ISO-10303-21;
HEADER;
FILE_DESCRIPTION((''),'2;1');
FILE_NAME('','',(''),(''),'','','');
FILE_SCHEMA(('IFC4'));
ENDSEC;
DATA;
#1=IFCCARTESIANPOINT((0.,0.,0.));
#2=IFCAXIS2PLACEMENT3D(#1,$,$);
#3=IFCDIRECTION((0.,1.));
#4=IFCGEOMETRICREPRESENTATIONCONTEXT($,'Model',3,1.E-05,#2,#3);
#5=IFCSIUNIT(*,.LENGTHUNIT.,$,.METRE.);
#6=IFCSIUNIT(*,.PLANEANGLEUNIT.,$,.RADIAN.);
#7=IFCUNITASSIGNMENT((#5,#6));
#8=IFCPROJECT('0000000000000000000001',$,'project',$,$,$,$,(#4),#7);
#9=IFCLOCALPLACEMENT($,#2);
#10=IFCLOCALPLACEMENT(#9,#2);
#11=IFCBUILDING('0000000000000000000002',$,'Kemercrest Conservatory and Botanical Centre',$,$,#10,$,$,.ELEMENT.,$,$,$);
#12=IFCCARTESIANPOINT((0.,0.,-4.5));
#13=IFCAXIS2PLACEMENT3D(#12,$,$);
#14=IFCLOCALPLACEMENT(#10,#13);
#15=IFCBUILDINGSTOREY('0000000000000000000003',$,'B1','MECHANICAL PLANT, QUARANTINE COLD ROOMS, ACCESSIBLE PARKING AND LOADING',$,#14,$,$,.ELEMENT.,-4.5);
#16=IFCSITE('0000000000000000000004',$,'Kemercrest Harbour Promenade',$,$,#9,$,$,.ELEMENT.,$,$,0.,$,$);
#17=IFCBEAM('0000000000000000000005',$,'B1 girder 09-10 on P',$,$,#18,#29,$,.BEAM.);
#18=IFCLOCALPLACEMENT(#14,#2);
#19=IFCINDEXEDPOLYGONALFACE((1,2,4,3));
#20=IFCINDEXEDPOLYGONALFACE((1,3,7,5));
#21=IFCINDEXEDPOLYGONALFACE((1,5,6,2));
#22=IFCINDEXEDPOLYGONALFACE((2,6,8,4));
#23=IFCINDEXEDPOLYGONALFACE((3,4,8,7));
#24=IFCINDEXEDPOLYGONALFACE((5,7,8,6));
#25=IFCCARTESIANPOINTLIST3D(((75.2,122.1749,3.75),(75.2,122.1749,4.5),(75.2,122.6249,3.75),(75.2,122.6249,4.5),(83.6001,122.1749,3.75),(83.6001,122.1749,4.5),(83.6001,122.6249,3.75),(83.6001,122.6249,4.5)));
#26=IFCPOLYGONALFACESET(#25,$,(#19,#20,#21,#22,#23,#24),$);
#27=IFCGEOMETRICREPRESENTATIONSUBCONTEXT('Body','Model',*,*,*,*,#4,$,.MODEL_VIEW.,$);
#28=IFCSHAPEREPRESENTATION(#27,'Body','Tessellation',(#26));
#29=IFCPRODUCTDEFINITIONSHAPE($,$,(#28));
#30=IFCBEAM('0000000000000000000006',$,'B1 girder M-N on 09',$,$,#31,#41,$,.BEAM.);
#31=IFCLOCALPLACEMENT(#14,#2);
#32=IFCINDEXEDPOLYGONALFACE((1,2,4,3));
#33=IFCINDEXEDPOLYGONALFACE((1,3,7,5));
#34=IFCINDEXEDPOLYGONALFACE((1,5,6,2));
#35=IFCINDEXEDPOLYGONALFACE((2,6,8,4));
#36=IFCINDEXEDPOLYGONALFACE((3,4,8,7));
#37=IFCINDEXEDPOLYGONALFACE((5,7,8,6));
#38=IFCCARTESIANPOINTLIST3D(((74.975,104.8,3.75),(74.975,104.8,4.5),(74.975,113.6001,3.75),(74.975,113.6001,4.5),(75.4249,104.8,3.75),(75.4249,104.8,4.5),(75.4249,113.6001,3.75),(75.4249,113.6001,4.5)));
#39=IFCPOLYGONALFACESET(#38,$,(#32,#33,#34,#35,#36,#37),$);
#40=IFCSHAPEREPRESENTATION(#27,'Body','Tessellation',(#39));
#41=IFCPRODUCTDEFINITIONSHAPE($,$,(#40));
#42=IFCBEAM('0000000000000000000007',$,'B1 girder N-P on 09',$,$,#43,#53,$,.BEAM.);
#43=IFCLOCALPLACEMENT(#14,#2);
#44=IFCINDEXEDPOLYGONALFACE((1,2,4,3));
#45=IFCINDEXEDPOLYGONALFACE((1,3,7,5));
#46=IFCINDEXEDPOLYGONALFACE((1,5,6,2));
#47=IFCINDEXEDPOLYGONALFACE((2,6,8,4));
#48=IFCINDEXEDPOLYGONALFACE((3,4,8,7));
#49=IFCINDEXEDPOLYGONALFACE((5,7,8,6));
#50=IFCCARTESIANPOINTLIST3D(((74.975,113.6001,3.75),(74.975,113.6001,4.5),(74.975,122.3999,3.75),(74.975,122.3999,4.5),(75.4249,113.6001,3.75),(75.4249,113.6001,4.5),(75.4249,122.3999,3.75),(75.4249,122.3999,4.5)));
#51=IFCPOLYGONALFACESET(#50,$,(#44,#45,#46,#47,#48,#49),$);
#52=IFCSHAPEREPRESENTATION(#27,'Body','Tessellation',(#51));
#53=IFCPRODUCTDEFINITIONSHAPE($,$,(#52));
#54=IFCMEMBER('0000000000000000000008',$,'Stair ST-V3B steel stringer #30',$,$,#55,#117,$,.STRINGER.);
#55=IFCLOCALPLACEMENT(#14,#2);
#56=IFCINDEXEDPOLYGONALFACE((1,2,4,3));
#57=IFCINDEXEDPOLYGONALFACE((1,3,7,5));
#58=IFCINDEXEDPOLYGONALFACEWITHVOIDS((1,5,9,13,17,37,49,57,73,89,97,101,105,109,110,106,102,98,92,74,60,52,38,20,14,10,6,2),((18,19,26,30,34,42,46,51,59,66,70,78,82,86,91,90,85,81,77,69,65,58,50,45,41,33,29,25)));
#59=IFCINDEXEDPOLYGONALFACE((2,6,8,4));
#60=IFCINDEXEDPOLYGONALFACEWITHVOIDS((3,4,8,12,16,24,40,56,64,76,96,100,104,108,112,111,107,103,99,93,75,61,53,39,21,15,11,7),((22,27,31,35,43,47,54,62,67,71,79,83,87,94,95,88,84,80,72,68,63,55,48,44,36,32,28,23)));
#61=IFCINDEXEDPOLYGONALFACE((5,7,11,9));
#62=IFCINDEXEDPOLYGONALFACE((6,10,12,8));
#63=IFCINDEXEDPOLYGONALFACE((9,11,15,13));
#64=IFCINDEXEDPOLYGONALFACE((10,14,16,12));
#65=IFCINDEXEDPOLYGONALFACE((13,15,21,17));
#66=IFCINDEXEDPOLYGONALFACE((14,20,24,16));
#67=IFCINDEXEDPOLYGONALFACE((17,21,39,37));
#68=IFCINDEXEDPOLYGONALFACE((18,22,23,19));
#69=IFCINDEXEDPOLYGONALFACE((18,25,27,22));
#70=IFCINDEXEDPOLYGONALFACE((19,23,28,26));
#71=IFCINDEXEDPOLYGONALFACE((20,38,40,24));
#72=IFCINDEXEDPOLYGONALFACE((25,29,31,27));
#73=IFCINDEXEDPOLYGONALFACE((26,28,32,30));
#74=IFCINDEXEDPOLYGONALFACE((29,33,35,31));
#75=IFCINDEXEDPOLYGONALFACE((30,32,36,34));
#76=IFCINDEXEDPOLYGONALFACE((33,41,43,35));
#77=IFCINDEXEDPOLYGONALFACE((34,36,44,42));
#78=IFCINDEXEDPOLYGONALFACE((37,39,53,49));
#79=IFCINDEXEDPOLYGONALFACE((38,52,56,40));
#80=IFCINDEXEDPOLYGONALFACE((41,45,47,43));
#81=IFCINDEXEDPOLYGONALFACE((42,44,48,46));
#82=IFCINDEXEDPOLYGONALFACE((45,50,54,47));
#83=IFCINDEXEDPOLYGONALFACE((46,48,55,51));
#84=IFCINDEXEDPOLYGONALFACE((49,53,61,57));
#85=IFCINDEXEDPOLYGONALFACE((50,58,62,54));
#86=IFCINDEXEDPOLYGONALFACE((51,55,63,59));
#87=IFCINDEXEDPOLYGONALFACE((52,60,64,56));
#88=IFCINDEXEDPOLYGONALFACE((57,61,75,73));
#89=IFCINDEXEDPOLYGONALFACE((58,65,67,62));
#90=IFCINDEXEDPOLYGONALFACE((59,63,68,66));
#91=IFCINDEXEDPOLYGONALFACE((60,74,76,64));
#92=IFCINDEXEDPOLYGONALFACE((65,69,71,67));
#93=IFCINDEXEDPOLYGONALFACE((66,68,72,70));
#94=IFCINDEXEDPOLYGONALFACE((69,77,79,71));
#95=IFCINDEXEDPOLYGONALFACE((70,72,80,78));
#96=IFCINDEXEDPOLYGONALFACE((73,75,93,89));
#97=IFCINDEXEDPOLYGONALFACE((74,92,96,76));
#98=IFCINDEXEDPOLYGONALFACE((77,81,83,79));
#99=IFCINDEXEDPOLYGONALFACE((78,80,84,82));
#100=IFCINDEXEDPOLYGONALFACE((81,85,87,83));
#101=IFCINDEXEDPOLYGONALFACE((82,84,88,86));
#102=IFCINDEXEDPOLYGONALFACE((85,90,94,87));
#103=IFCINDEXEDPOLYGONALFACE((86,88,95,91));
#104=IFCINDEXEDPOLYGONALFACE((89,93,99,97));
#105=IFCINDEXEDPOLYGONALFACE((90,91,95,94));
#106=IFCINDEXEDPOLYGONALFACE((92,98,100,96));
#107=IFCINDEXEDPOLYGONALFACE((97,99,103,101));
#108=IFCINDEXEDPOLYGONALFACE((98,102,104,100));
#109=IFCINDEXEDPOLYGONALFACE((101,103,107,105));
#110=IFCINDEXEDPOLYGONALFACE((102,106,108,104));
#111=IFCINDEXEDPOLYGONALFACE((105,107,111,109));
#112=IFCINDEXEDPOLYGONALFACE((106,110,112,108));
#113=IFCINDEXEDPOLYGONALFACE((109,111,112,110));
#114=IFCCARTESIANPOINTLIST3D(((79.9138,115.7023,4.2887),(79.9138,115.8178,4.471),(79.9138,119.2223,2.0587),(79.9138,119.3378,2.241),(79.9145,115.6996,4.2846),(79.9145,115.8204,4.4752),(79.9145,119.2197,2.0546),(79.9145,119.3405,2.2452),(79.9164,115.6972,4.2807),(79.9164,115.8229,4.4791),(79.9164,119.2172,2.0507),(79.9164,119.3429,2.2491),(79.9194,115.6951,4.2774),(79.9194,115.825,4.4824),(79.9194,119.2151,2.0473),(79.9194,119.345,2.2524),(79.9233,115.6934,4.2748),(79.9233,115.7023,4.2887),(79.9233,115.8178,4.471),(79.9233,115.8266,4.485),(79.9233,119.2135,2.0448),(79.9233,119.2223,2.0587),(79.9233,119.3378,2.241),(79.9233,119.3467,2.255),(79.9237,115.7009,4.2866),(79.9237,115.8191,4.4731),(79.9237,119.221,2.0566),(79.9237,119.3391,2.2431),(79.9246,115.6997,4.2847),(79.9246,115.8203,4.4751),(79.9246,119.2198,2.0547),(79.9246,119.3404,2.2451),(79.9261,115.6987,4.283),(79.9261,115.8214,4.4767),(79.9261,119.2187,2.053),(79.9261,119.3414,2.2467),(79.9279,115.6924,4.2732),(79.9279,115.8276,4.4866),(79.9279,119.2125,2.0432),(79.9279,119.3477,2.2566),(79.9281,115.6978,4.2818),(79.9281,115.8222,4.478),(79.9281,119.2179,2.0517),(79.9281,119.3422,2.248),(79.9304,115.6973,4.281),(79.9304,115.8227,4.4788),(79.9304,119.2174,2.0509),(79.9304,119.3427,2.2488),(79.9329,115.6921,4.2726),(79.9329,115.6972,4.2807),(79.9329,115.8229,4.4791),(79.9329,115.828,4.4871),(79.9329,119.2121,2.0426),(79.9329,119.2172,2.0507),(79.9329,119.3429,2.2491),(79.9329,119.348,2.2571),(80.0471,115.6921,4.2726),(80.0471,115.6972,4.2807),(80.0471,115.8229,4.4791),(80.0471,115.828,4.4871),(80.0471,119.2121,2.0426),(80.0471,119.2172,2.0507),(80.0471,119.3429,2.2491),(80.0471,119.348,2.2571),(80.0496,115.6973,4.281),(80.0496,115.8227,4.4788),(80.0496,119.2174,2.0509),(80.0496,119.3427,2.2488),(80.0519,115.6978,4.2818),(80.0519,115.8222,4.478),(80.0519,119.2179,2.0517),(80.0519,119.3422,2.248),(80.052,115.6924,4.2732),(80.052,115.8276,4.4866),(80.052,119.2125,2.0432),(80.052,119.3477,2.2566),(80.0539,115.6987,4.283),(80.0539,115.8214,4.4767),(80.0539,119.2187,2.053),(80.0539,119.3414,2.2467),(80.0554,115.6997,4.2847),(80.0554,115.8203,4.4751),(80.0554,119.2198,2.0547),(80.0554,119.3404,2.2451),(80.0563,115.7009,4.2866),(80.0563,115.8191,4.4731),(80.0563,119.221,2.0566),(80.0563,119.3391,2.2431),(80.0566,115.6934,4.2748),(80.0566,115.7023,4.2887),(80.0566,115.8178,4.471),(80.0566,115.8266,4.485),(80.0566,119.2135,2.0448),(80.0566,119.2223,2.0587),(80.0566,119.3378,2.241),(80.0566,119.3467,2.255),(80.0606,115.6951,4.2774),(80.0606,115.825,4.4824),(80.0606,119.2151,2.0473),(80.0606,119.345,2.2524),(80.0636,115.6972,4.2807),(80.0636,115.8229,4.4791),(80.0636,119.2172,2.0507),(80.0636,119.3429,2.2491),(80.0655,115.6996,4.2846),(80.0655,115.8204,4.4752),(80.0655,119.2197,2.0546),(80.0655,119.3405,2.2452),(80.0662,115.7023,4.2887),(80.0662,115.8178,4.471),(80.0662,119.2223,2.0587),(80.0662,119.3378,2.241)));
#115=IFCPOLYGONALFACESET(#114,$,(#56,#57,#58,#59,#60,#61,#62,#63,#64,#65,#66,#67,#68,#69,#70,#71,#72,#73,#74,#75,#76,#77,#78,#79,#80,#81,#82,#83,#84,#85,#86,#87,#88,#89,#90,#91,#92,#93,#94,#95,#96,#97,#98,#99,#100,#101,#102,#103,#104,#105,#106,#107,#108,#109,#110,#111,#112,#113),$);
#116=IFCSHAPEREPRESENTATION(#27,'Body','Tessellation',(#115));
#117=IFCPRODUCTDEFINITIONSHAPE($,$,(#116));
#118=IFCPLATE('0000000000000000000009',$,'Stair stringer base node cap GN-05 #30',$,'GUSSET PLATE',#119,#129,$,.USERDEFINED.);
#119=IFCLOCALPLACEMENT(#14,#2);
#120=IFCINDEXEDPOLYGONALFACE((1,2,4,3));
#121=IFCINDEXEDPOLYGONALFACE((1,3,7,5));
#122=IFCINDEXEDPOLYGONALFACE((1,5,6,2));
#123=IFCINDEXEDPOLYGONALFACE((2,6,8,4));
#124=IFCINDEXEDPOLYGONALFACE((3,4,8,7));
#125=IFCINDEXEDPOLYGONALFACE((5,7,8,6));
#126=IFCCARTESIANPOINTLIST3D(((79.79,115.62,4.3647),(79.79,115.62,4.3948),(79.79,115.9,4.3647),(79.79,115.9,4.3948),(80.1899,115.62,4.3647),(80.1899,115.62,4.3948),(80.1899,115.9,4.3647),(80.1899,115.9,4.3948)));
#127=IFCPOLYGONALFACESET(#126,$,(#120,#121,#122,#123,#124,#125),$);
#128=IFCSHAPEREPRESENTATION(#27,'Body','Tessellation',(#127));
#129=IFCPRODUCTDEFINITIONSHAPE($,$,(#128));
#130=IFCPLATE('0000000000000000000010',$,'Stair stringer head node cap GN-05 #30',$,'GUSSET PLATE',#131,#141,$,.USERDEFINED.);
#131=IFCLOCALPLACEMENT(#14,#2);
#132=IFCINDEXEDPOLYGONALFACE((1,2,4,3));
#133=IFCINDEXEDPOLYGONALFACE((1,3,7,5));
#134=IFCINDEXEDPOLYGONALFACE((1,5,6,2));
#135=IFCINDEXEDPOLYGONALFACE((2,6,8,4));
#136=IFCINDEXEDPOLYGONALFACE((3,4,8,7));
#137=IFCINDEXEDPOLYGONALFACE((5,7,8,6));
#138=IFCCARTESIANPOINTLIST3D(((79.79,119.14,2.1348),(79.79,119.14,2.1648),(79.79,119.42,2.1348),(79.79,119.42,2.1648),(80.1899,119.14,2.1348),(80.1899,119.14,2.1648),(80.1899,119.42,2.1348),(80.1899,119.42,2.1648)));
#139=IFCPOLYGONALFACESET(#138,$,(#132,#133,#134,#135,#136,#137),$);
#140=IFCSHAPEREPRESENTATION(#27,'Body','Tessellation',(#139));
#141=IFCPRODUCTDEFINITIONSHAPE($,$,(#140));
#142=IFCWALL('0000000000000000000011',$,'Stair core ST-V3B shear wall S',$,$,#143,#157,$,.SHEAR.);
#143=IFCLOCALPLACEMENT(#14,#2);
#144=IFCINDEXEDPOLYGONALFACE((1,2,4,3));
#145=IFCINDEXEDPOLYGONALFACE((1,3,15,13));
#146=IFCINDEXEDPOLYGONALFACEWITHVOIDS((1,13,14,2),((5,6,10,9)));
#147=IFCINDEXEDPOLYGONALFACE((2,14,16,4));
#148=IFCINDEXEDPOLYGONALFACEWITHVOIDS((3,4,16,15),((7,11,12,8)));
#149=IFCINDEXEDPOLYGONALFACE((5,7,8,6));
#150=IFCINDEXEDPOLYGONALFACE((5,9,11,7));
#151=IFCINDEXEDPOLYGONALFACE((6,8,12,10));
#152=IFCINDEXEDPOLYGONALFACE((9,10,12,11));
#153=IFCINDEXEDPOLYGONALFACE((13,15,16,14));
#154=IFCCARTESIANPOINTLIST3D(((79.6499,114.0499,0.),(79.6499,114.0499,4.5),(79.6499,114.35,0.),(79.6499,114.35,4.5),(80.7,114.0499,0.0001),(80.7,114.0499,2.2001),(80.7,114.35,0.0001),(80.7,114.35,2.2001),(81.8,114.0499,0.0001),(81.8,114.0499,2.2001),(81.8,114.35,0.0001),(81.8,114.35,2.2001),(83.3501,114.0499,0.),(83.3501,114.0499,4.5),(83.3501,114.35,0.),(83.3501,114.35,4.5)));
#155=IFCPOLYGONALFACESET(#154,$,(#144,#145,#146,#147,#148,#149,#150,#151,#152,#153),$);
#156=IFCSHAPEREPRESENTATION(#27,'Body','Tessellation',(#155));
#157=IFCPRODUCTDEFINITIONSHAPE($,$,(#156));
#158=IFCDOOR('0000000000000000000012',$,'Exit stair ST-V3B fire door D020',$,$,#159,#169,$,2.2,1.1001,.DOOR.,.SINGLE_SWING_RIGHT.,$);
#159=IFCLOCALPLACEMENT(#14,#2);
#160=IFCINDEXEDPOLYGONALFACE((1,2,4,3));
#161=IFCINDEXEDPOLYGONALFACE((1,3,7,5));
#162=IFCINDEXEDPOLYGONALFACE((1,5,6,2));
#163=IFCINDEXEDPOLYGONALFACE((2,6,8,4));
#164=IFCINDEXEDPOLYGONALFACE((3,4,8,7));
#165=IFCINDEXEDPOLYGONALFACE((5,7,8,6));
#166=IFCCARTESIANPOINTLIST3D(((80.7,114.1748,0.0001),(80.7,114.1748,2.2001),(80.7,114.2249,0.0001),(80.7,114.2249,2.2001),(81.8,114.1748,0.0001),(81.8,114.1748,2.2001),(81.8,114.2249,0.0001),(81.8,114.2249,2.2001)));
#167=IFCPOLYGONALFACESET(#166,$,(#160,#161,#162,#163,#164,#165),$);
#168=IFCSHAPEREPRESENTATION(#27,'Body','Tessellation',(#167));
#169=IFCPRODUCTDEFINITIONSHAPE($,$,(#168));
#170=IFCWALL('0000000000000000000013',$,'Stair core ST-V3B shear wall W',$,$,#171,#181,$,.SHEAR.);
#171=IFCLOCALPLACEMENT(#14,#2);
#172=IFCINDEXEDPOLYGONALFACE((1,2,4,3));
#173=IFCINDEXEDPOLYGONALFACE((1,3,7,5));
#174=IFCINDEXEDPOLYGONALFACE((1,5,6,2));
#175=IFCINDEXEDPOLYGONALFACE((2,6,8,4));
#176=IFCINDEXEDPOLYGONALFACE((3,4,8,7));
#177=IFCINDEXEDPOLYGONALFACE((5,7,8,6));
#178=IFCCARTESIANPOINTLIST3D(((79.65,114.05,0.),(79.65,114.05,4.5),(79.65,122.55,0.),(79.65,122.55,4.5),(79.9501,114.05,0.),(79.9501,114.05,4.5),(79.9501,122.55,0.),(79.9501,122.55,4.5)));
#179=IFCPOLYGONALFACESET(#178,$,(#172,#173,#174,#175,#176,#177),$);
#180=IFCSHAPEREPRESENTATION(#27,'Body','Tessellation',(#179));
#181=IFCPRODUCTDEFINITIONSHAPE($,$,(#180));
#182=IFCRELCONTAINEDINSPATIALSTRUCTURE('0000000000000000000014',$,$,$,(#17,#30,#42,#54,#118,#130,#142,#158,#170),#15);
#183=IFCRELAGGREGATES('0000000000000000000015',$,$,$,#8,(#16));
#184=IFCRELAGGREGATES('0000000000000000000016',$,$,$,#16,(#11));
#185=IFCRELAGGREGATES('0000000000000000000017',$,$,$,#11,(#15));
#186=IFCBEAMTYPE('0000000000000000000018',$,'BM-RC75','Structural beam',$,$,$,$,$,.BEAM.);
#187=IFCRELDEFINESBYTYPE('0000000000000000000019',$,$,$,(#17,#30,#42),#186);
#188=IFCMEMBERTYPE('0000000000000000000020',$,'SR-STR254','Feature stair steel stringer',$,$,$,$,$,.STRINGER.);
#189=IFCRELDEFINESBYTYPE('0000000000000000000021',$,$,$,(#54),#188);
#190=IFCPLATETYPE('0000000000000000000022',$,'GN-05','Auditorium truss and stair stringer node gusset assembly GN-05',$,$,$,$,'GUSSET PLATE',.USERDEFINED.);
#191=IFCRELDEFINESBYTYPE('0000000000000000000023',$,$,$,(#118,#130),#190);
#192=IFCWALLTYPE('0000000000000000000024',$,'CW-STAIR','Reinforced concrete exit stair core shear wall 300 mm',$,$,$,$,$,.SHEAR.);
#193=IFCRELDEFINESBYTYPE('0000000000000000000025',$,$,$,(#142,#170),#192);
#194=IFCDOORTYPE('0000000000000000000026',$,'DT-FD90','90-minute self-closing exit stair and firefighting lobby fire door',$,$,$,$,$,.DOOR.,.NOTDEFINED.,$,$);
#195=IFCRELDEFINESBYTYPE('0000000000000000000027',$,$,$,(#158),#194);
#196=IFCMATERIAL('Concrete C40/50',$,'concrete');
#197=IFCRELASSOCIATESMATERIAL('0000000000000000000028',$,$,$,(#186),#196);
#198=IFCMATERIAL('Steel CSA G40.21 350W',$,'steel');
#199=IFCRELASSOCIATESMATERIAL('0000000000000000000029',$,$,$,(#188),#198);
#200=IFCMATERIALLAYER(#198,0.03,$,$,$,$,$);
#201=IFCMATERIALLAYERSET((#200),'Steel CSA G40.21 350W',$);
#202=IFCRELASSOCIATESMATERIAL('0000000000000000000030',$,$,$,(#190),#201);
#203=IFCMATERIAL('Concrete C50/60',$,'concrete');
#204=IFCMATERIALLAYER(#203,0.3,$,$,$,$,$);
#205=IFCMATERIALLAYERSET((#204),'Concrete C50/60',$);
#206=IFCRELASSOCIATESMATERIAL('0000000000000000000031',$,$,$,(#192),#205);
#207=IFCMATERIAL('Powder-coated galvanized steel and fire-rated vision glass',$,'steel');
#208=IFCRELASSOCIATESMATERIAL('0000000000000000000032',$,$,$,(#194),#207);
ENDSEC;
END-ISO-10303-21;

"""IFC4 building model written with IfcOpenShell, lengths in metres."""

from ifc_helpers import new_model, si_unit, direction, frame, frame_2d, origin, origin_2d, place, context, subcontext, project, spatial, rectangle, hollow_rectangle, extrude, material, layer, layer_set, material_profile, profile_set, type_object, element, fill, save


model = new_model("IFC4")

# Units and contexts
model_context = context("Model", 3, precision=1e-05, world=origin(), true_north=direction((0.0, 1.0)))
body_context = subcontext(model_context, "Body", "Model", "MODEL_VIEW")
ifc_project = project(units=[si_unit("LENGTHUNIT", "METRE"), si_unit("PLANEANGLEUNIT", "RADIAN")], contexts=[model_context])

# Site, building, storey
site_placement = place(None, origin())
site = spatial("IfcSite", under=ifc_project, at=site_placement, Name="Kemercrest Harbour Promenade", CompositionType="ELEMENT", RefElevation=0.0)
building_placement = place(site_placement, origin())
building = spatial("IfcBuilding", under=site, at=building_placement, Name="Kemercrest Conservatory and Botanical Centre", CompositionType="ELEMENT")
storey_placement = place(building_placement, frame((0.0, 0.0, -4.5)))
storey = spatial("IfcBuildingStorey", under=building, at=storey_placement, Name="B1", Description="MECHANICAL PLANT, QUARANTINE COLD ROOMS, ACCESSIBLE PARKING AND LOADING", CompositionType="ELEMENT", Elevation=-4.5)

# Shared definitions
ifc_material_1 = material(Name="Concrete C40/50", Category="concrete")

# Shared definitions
ifc_material_2 = material(Name="Concrete C50/60", Category="concrete")

# Beams
ifc_material_profile_1 = material_profile(ifc_material_1, rectangle(XDim=0.45, YDim=0.75, at=origin_2d()), Name="RC 450x750")
ifc_profile_set_1 = profile_set([ifc_material_profile_1], Name="Concrete C40/50")
beam_type = type_object("IfcBeamType", Name="BM-RC75", Description="Structural beam", PredefinedType="BEAM", material=ifc_profile_set_1)
for number, where, z_axis, x_axis, name in (
    (1, (75.2, 122.3999, 4.125), (1.0, 0.0, 0.0), (0.0, 1.0, 0.0), "B1 girder 09-10 on P"),
):
    element("IfcBeam", number, at=place(storey_placement, frame(where, z_axis=z_axis, x_axis=x_axis)), inside=storey, type_object=beam_type, Name=name, PredefinedType="BEAM", context=body_context, shape_type="SweptSolid", body=[
        extrude(rectangle(XDim=0.45, YDim=0.75, at=origin_2d()), origin(), (0.0, 0.0, 1.0), 8.4001),
    ])
beam_1_placement = place(storey_placement, frame((75.2, 104.8, 4.125), z_axis=(0.0, 1.0, 0.0), x_axis=(-1.0, 0.0, 0.0)))
element("IfcBeam", 2, at=beam_1_placement, inside=storey, type_object=beam_type, Name="B1 girder M-N on 09", PredefinedType="BEAM", context=body_context, shape_type="SweptSolid", body=[
    extrude(rectangle(XDim=0.45, YDim=0.75, at=origin_2d()), origin(), (0.0, 0.0, 1.0), 8.8),
])
beam_2_placement = place(storey_placement, frame((75.2, 113.6001, 4.125), z_axis=(0.0, 1.0, 0.0), x_axis=(-1.0, 0.0, 0.0)))
element("IfcBeam", 3, at=beam_2_placement, inside=storey, type_object=beam_type, Name="B1 girder N-P on 09", PredefinedType="BEAM", context=body_context, shape_type="SweptSolid", body=[
    extrude(rectangle(XDim=0.45, YDim=0.75, at=origin_2d()), origin(), (0.0, 0.0, 1.0), 8.7998),
])

# Member
ifc_material_3 = material(Name="Steel CSA G40.21 350W", Category="steel")
ifc_material_profile_2 = material_profile(ifc_material_3, hollow_rectangle(XDim=0.1523, YDim=0.2539, WallThickness=0.0095, InnerFilletRadius=0.0095, OuterFilletRadius=0.019, at=origin_2d()), Name="HSS 254x152x9.5")
ifc_profile_set_2 = profile_set([ifc_material_profile_2], Name="Steel CSA G40.21 350W")
member_type = type_object("IfcMemberType", Name="SR-STR254", Description="Feature stair steel stringer", PredefinedType="STRINGER", material=ifc_profile_set_2)
member_placement = place(storey_placement, frame((79.99, 115.76, 4.3799), z_axis=(0.0, 0.84475, -0.535161), x_axis=(-1.0, 0.0, 0.0)))
element("IfcMember", 4, at=member_placement, inside=storey, type_object=member_type, Name="Stair ST-V3B steel stringer #30", PredefinedType="STRINGER", context=body_context, shape_type="SweptSolid", body=[
    extrude(hollow_rectangle(XDim=0.1523, YDim=0.2539, WallThickness=0.0095, InnerFilletRadius=0.0095, OuterFilletRadius=0.019, at=origin_2d()), origin(), (0.0, 0.0, 1.0), 4.167),
])

# Plates
ifc_layer_1 = layer(ifc_material_3, 0.03)
ifc_layer_set_1 = layer_set([ifc_layer_1], Name="Steel CSA G40.21 350W")
plate_type = type_object("IfcPlateType", Name="GN-05", Description="Auditorium truss and stair stringer node gusset assembly GN-05", ElementType="GUSSET PLATE", PredefinedType="USERDEFINED", material=ifc_layer_set_1)
for number, where, z_axis, x_axis, name in (
    (5, (79.99, 115.76, 4.3647), (0.0, 0.0, 1.0), (1.0, 0.0, 0.0), "Stair stringer base node cap GN-05 #30"),
    (6, (79.99, 119.28, 2.1348), (0.0, 0.0, 1.0), (1.0, 0.0, 0.0), "Stair stringer head node cap GN-05 #30"),
):
    element("IfcPlate", number, at=place(storey_placement, frame(where, z_axis=z_axis, x_axis=x_axis)), inside=storey, type_object=plate_type, Name=name, ObjectType="GUSSET PLATE", PredefinedType="USERDEFINED", context=body_context, shape_type="SweptSolid", body=[
        extrude(rectangle(XDim=0.3999, YDim=0.28, at=origin_2d()), origin(), (0.0, 0.0, 1.0), 0.03),
    ])

# Wall, opening, door
ifc_layer_2 = layer(ifc_material_2, 0.3)
ifc_layer_set_2 = layer_set([ifc_layer_2], Name="Concrete C50/60")
wall_type = type_object("IfcWallType", Name="CW-STAIR", Description="Reinforced concrete exit stair core shear wall 300 mm", PredefinedType="SHEAR", material=ifc_layer_set_2)
wall_1_placement = place(storey_placement, frame((79.6499, 114.2, 0.0), z_axis=(0.0, 0.0, 1.0), x_axis=(1.0, 0.0, 0.0)))
wall_1 = element("IfcWall", 7, at=wall_1_placement, inside=storey, type_object=wall_type, Name="Stair core ST-V3B shear wall S", PredefinedType="SHEAR", context=body_context, shape_type="SweptSolid", body=[
    extrude(rectangle(XDim=3.7002, YDim=0.3, at=frame_2d((1.8501, 0.0))), origin(), (0.0, 0.0, 1.0), 4.5),
])
opening_placement = place(wall_1_placement, frame((1.05, 0.0, 0.0)))
opening = element("IfcOpeningElement", 8, at=opening_placement, cuts=wall_1, PredefinedType="OPENING", context=body_context, shape_type="SweptSolid", body=[
    extrude(rectangle(XDim=1.1001, YDim=2.2, at=frame_2d((0.55, 1.1001))), frame((0.0, 0.1602, 0.0), z_axis=(0.0, -1.0, 0.0), x_axis=(1.0, 0.0, 0.0)), (0.0, 0.0, 1.0), 0.3201),
])
ifc_material_4 = material(Name="Powder-coated galvanized steel and fire-rated vision glass", Category="steel")
door_type = type_object("IfcDoorType", Name="DT-FD90", Description="90-minute self-closing exit stair and firefighting lobby fire door", OperationType="NOTDEFINED", PredefinedType="DOOR", material=ifc_material_4)
door_placement = place(opening_placement, origin())
door = element("IfcDoor", 9, at=door_placement, inside=storey, type_object=door_type, Name="Exit stair ST-V3B fire door D020", OperationType="SINGLE_SWING_RIGHT", OverallHeight=2.2, OverallWidth=1.1001, PredefinedType="DOOR", context=body_context, shape_type="SweptSolid", body=[
    extrude(rectangle(XDim=1.1001, YDim=2.2, at=frame_2d((0.55, 1.1001))), frame((0.0, 0.0249, 0.0), z_axis=(0.0, -1.0, 0.0), x_axis=(1.0, 0.0, 0.0)), (0.0, 0.0, 1.0), 0.05),
])
fill(opening, door)

# Wall
wall_2_placement = place(storey_placement, frame((79.8, 114.05, 0.0), z_axis=(0.0, 0.0, 1.0), x_axis=(0.0, 1.0, 0.0)))
element("IfcWall", 10, at=wall_2_placement, inside=storey, type_object=wall_type, Name="Stair core ST-V3B shear wall W", PredefinedType="SHEAR", context=body_context, shape_type="SweptSolid", body=[
    extrude(rectangle(XDim=8.5, YDim=0.3, at=frame_2d((4.25, 0.0))), origin(), (0.0, 0.0, 1.0), 4.5),
])

save(model, "model.ifc")
